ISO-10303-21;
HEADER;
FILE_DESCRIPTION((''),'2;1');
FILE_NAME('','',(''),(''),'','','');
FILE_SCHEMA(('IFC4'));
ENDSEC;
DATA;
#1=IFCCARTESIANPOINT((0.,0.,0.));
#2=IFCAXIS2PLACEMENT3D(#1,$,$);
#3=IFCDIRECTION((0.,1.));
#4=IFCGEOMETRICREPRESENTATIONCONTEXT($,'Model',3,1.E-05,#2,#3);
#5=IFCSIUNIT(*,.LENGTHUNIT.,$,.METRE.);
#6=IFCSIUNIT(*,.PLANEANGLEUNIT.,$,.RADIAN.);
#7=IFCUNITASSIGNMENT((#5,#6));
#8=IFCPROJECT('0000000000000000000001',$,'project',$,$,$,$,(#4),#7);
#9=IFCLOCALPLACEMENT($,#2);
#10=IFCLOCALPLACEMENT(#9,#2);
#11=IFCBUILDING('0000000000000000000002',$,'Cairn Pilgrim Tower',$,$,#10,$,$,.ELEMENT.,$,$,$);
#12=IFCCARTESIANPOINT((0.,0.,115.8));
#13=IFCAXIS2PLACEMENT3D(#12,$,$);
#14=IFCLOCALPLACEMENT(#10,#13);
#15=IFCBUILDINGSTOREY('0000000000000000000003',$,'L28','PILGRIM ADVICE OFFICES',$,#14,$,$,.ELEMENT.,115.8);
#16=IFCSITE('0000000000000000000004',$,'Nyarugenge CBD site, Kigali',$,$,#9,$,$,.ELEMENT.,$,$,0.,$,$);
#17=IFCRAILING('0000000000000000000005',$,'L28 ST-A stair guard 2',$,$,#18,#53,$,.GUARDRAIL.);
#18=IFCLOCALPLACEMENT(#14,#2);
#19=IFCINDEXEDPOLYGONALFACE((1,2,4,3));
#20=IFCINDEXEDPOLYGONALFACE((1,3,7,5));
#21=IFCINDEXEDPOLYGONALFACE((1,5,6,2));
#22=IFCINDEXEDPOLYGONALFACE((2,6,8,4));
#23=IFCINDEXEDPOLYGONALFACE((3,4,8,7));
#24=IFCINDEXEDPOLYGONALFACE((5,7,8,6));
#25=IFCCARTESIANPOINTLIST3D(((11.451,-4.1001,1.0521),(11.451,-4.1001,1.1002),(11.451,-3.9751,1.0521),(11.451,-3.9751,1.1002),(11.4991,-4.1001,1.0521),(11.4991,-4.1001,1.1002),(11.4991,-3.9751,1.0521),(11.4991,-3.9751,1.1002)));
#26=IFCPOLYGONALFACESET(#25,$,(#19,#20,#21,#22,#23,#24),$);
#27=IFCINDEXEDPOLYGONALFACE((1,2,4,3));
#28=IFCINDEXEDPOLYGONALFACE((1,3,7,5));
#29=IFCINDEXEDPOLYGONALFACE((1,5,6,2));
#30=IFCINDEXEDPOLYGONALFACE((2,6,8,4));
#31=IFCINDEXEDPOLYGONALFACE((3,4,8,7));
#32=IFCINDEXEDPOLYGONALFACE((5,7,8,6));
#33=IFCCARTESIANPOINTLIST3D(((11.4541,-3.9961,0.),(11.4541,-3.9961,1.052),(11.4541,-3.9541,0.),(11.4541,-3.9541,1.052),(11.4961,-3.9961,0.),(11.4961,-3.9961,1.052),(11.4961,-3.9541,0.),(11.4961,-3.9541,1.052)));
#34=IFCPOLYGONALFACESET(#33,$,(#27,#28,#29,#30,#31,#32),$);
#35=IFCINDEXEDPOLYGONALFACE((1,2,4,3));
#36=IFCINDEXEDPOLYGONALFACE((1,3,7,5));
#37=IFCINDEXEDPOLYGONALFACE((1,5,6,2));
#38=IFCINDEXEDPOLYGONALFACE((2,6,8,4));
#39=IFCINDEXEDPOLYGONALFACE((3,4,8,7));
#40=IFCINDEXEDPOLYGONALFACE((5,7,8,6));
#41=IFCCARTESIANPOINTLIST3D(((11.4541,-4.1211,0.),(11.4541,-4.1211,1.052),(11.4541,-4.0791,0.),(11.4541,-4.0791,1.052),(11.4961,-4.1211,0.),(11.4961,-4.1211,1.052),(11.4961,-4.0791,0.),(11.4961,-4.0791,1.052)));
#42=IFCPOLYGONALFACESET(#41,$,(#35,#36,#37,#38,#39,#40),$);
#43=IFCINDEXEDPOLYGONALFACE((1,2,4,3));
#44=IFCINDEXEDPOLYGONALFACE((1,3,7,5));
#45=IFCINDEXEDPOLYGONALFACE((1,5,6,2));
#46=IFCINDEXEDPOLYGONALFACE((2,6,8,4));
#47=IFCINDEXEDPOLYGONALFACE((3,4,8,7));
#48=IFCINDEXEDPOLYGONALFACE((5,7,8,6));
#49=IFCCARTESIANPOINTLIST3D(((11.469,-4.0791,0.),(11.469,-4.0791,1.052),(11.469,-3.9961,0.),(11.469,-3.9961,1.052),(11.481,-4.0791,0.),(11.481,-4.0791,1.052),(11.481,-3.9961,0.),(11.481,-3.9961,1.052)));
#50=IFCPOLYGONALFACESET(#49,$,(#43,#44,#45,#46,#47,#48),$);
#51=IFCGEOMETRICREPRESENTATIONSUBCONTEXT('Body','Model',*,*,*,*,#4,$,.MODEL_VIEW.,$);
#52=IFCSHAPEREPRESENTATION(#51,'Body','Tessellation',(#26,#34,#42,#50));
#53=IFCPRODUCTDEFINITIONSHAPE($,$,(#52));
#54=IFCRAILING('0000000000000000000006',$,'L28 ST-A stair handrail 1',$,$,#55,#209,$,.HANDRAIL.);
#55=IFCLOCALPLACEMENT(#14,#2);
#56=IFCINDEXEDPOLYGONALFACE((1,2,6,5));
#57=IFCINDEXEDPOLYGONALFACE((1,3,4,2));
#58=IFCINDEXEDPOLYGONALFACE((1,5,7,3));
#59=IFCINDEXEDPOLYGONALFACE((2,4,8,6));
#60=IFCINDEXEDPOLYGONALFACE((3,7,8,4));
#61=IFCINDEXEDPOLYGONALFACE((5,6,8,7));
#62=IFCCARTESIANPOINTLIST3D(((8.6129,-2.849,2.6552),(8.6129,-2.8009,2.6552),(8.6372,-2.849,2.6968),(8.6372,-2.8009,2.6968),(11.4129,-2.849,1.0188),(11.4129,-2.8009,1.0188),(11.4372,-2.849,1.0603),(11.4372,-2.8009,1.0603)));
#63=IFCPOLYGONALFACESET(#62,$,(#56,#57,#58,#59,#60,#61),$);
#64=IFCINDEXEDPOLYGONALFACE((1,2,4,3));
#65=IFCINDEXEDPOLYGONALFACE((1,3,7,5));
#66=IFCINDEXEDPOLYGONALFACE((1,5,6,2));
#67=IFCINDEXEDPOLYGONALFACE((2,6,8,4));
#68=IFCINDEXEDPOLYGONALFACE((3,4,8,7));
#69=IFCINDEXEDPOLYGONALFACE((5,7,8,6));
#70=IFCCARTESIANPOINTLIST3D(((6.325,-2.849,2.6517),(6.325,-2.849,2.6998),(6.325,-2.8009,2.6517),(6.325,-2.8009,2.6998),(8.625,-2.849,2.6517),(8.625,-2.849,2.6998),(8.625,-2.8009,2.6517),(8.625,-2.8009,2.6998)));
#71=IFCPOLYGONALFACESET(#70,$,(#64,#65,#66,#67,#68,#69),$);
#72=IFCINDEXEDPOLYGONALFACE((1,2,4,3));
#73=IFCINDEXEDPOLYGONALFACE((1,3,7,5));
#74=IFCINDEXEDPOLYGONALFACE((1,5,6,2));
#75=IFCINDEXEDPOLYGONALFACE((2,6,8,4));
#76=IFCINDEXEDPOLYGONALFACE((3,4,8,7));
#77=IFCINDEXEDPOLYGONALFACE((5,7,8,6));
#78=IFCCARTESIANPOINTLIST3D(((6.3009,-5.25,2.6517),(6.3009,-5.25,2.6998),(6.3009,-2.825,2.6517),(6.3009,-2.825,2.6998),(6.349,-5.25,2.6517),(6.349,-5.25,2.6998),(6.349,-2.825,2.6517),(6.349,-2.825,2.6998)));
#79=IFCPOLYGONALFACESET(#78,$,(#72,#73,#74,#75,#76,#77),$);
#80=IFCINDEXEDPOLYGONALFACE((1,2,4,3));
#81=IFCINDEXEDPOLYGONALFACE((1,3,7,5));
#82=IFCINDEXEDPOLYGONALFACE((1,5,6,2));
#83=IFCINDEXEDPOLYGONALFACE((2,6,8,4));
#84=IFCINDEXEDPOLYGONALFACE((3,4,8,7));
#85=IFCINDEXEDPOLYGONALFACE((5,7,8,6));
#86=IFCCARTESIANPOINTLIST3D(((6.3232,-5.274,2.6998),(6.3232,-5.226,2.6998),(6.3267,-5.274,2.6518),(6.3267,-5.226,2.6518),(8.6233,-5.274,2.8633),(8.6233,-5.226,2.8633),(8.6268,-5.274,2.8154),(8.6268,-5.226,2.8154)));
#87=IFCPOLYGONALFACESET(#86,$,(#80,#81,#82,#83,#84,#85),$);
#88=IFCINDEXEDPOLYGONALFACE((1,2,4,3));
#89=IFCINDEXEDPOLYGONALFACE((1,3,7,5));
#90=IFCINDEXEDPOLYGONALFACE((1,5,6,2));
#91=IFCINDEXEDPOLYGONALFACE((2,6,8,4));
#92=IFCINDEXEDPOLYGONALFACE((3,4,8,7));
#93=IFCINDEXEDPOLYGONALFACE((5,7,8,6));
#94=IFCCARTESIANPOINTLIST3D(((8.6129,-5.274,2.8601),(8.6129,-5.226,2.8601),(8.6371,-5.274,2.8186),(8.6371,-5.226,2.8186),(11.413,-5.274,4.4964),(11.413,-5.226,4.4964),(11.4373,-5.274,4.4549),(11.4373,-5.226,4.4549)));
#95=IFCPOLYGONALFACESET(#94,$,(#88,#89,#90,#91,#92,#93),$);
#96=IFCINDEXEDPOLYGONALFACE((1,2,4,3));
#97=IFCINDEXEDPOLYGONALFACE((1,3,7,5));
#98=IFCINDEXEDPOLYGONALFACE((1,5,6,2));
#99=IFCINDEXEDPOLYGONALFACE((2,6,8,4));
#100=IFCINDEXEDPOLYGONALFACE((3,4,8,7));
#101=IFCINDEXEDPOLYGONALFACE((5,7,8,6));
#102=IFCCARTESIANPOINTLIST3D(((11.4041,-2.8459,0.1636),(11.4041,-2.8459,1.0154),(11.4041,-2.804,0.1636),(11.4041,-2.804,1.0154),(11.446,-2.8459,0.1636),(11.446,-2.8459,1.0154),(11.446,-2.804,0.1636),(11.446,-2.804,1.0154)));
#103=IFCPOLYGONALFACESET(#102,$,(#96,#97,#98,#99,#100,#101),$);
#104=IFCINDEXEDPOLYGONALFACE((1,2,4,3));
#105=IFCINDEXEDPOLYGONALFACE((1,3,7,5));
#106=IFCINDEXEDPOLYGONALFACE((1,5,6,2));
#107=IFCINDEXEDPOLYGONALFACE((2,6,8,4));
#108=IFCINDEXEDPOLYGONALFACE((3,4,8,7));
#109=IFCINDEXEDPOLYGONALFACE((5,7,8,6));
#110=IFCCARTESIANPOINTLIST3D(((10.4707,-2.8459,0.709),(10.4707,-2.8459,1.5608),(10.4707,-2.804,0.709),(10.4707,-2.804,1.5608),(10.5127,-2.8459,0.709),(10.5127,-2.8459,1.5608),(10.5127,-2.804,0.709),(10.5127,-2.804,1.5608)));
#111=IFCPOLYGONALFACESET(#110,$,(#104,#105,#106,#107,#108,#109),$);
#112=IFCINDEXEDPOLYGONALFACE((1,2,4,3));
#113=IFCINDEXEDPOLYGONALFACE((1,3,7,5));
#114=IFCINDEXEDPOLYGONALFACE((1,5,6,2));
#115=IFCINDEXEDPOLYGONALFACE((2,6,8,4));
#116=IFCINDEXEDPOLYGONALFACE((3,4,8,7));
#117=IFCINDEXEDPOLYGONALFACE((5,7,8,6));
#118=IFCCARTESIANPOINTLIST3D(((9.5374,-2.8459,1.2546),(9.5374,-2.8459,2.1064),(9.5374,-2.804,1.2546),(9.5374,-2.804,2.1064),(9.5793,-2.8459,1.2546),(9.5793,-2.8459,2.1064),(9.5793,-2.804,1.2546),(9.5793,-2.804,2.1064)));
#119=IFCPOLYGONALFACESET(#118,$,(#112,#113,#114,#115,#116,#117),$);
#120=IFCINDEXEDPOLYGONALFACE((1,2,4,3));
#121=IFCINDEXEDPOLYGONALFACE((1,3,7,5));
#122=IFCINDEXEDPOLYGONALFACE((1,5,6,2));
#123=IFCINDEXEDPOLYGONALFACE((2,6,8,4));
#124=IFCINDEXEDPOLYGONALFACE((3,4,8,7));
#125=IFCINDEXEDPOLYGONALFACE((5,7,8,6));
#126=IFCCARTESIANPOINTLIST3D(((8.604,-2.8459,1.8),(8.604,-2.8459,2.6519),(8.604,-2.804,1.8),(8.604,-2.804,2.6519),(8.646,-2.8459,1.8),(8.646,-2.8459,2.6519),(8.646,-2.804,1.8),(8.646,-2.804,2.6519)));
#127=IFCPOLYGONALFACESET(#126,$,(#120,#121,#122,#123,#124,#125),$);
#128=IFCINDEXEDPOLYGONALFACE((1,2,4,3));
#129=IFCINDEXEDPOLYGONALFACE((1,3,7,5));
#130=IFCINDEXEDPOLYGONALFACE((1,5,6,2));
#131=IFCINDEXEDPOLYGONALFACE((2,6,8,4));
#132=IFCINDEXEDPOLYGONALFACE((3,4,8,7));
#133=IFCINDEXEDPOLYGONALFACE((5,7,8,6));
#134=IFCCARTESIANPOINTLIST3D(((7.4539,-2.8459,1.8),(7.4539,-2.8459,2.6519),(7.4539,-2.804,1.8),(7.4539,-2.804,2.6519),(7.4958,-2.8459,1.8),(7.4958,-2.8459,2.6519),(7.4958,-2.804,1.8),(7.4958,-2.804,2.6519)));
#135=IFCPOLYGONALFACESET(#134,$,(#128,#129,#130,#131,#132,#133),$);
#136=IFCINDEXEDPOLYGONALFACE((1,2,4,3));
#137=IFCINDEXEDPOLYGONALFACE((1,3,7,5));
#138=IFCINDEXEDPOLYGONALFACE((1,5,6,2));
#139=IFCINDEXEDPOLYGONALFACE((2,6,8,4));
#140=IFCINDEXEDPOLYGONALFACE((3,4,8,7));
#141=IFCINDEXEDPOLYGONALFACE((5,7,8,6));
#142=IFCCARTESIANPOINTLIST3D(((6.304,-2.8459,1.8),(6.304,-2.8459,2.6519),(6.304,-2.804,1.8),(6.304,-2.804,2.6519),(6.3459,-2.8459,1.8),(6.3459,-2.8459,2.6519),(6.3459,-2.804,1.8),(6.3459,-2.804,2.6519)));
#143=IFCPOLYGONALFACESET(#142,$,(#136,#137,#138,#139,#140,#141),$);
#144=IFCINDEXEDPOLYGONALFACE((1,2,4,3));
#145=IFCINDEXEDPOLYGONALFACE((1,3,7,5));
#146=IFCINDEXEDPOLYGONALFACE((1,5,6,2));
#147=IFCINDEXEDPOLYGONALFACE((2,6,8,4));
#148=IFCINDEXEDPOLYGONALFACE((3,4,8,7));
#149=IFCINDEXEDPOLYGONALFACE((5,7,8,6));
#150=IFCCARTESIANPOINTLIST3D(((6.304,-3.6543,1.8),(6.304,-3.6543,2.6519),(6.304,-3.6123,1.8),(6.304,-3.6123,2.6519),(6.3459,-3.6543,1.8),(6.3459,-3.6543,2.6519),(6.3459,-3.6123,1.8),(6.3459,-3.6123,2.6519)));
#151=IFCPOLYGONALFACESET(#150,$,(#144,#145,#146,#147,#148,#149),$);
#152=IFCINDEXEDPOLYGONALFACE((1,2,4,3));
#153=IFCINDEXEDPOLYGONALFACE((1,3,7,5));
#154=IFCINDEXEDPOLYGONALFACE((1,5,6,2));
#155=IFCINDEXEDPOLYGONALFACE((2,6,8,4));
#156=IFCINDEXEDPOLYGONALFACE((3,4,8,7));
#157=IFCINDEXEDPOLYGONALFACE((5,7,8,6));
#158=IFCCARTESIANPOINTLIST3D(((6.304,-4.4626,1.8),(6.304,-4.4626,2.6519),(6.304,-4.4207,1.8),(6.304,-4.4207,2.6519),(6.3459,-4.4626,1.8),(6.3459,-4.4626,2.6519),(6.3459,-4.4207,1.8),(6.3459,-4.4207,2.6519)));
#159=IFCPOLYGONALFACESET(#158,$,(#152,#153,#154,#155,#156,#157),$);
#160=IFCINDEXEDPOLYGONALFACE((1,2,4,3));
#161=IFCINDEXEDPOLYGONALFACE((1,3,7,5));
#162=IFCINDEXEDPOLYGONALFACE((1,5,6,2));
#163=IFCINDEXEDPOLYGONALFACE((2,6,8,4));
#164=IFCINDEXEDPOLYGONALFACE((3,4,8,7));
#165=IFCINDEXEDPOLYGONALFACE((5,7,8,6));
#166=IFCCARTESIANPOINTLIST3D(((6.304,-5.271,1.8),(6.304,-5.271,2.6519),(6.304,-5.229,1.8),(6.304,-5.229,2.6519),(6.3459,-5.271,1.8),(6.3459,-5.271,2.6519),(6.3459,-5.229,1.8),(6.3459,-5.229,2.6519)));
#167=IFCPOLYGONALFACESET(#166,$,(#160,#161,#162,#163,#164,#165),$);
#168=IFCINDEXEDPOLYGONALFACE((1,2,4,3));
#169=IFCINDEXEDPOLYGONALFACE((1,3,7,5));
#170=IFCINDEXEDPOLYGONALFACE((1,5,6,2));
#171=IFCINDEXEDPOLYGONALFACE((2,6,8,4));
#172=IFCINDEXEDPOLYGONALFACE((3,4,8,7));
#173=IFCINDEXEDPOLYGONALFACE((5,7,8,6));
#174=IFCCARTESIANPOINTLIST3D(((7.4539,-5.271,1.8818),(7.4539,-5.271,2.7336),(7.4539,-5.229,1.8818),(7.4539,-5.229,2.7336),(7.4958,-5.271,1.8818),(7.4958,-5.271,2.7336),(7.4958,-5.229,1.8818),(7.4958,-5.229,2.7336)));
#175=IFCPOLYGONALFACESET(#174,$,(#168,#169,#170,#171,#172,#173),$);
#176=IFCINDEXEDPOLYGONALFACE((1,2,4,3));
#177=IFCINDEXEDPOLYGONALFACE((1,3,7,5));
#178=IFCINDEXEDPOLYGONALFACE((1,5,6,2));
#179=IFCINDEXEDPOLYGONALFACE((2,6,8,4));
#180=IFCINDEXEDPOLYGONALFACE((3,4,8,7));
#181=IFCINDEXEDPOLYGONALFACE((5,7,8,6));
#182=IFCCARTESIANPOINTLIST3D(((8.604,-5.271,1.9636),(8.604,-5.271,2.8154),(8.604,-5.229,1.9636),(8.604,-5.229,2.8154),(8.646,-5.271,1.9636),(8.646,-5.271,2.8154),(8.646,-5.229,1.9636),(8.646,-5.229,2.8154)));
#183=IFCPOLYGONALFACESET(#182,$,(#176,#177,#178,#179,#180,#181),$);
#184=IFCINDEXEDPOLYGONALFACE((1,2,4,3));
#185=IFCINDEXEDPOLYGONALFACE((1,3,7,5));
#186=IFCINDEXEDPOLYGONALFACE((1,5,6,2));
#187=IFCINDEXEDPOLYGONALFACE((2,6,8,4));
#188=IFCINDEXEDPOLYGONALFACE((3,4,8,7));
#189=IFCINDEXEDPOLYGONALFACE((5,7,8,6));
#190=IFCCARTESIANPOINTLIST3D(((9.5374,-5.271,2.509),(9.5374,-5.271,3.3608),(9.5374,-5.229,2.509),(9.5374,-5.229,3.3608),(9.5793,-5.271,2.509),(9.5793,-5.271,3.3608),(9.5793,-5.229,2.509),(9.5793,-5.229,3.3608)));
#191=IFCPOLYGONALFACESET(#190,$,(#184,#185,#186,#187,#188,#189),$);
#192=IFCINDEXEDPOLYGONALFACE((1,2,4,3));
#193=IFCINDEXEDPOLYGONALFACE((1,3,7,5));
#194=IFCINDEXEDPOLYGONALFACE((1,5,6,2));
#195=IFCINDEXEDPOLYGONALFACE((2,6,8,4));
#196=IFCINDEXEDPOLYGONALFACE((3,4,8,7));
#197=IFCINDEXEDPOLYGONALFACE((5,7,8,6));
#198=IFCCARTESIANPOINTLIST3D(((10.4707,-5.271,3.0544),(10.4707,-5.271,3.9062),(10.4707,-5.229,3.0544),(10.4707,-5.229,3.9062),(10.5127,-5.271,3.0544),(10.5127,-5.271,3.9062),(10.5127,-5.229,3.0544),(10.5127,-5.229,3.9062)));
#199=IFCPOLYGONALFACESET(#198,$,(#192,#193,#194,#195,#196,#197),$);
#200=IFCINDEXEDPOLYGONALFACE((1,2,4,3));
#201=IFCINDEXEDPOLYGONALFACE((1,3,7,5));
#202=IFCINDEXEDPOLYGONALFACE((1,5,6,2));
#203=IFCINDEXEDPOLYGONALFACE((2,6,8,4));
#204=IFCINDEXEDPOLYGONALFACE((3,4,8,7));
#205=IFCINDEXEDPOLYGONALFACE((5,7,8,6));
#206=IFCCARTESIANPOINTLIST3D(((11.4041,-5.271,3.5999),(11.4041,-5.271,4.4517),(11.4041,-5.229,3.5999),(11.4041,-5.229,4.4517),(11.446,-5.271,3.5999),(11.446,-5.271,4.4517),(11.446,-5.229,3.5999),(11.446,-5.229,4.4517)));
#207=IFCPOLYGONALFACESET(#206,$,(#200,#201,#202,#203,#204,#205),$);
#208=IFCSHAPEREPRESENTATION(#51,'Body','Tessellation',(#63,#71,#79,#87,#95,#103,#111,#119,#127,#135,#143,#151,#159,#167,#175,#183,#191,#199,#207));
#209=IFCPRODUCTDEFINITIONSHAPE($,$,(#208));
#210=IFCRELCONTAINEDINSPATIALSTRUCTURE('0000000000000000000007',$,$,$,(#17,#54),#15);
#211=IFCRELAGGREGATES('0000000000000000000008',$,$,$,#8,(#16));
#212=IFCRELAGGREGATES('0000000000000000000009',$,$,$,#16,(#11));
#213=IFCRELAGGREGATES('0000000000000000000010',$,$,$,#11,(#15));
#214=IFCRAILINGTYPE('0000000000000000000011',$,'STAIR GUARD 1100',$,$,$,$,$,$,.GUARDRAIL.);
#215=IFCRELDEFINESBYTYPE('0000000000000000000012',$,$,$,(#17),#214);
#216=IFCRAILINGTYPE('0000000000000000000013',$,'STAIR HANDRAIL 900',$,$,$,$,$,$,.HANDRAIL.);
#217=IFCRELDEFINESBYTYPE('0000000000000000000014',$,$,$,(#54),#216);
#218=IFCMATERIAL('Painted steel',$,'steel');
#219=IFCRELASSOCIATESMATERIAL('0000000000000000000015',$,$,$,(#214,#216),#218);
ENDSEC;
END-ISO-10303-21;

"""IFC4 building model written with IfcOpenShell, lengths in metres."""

from ifc_helpers import new_model, si_unit, direction, frame, origin, origin_2d, place, context, subcontext, project, spatial, polyline, rectangle, outline, extrude, material, type_object, element, save


model = new_model("IFC4")

# Units and contexts
model_context = context("Model", 3, precision=1e-05, world=origin(), true_north=direction((0.0, 1.0)))
body_context = subcontext(model_context, "Body", "Model", "MODEL_VIEW")
ifc_project = project(units=[si_unit("LENGTHUNIT", "METRE"), si_unit("PLANEANGLEUNIT", "RADIAN")], contexts=[model_context])

# Site, building, storey
site_placement = place(None, origin())
site = spatial("IfcSite", under=ifc_project, at=site_placement, Name="Nyarugenge CBD site, Kigali", CompositionType="ELEMENT", RefElevation=0.0)
building_placement = place(site_placement, origin())
building = spatial("IfcBuilding", under=site, at=building_placement, Name="Cairn Pilgrim Tower", CompositionType="ELEMENT")
storey_placement = place(building_placement, frame((0.0, 0.0, 115.8)))
storey = spatial("IfcBuildingStorey", under=building, at=storey_placement, Name="L28", Description="PILGRIM ADVICE OFFICES", CompositionType="ELEMENT", Elevation=115.8)

# Shared definitions
ifc_material_1 = material(Name="Painted steel", Category="steel")

# Railings
railing_type_1 = type_object("IfcRailingType", Name="STAIR GUARD 1100", PredefinedType="GUARDRAIL", material=ifc_material_1)
railing_1_placement = place(storey_placement, frame((11.4751, -3.9751, 0.0)))
element("IfcRailing", 1, at=railing_1_placement, inside=storey, type_object=railing_type_1, Name="L28 ST-A stair guard 2", PredefinedType="GUARDRAIL", context=body_context, shape_type="SweptSolid", body=[
    extrude(rectangle(XDim=0.0481, YDim=0.0481, at=origin_2d()), frame((0.0, 0.0, 1.0762), z_axis=(0.0, -1.0, 0.0), x_axis=(1.0, 0.0, 0.0)), (0.0, 0.0, 1.0), 0.125),
    extrude(rectangle(XDim=0.042, YDim=0.042, at=origin_2d()), origin(), (0.0, 0.0, 1.0), 1.052),
    extrude(rectangle(XDim=0.042, YDim=0.042, at=origin_2d()), frame((0.0, -0.125, 0.0)), (0.0, 0.0, 1.0), 1.052),
    extrude(outline(polyline([(0.021, 0.0), (0.104, 0.0), (0.104, 1.052), (0.021, 1.052), (0.021, 0.0)])), frame((0.0059, 0.0, 0.0), z_axis=(-1.0, 0.0, 0.0), x_axis=(0.0, -1.0, 0.0)), (0.0, 0.0, 1.0), 0.012),
])
railing_type_2 = type_object("IfcRailingType", Name="STAIR HANDRAIL 900", PredefinedType="HANDRAIL", material=ifc_material_1)
railing_2_placement = place(storey_placement, frame((11.425, -2.825, 0.1636)))
element("IfcRailing", 2, at=railing_2_placement, inside=storey, type_object=railing_type_2, Name="L28 ST-A stair handrail 1", PredefinedType="HANDRAIL", context=body_context, shape_type="SweptSolid", body=[
    extrude(rectangle(XDim=0.0481, YDim=0.0481, at=origin_2d()), frame((0.0, 0.0, 0.876), z_axis=(-0.863361, 0.0, 0.504587), x_axis=(0.0, -1.0, 0.0)), (0.0, 0.0, 1.0), 3.2432),
    extrude(rectangle(XDim=0.0481, YDim=0.0481, at=origin_2d()), frame((-2.8, 0.0, 2.5122), z_axis=(-1.0, 0.0, 0.0), x_axis=(0.0, -1.0, 0.0)), (0.0, 0.0, 1.0), 2.3),
    extrude(rectangle(XDim=0.0481, YDim=0.0481, at=origin_2d()), frame((-5.1001, 0.0, 2.5122), z_axis=(0.0, -1.0, 0.0), x_axis=(1.0, 0.0, 0.0)), (0.0, 0.0, 1.0), 2.425),
    extrude(rectangle(XDim=0.0481, YDim=0.0481, at=origin_2d()), frame((-5.1001, -2.425, 2.5122), z_axis=(0.997481, 0.0, 0.070939), x_axis=(0.0, 1.0, 0.0)), (0.0, 0.0, 1.0), 2.3059),
    extrude(rectangle(XDim=0.0481, YDim=0.0481, at=origin_2d()), frame((-2.8, -2.425, 2.6758), z_axis=(0.863394, 0.0, 0.504531), x_axis=(0.0, 1.0, 0.0)), (0.0, 0.0, 1.0), 3.2432),
    extrude(rectangle(XDim=0.042, YDim=0.042, at=origin_2d()), origin(), (0.0, 0.0, 1.0), 0.8518),
    extrude(rectangle(XDim=0.042, YDim=0.042, at=origin_2d()), frame((-0.9333, 0.0, 0.5454)), (0.0, 0.0, 1.0), 0.8518),
    extrude(rectangle(XDim=0.042, YDim=0.042, at=origin_2d()), frame((-1.8667, 0.0, 1.0911)), (0.0, 0.0, 1.0), 0.8518),
    extrude(rectangle(XDim=0.042, YDim=0.042, at=origin_2d()), frame((-2.8, 0.0, 1.6365)), (0.0, 0.0, 1.0), 0.8518),
    extrude(rectangle(XDim=0.042, YDim=0.042, at=origin_2d()), frame((-3.9502, 0.0, 1.6365)), (0.0, 0.0, 1.0), 0.8518),
    extrude(rectangle(XDim=0.042, YDim=0.042, at=origin_2d()), frame((-5.1001, 0.0, 1.6365)), (0.0, 0.0, 1.0), 0.8518),
    extrude(rectangle(XDim=0.042, YDim=0.042, at=origin_2d()), frame((-5.1001, -0.8083, 1.6365)), (0.0, 0.0, 1.0), 0.8518),
    extrude(rectangle(XDim=0.042, YDim=0.042, at=origin_2d()), frame((-5.1001, -1.6167, 1.6365)), (0.0, 0.0, 1.0), 0.8518),
    extrude(rectangle(XDim=0.042, YDim=0.042, at=origin_2d()), frame((-5.1001, -2.425, 1.6365)), (0.0, 0.0, 1.0), 0.8518),
    extrude(rectangle(XDim=0.042, YDim=0.042, at=origin_2d()), frame((-3.9502, -2.425, 1.7183)), (0.0, 0.0, 1.0), 0.8518),
    extrude(rectangle(XDim=0.042, YDim=0.042, at=origin_2d()), frame((-2.8, -2.425, 1.8)), (0.0, 0.0, 1.0), 0.8518),
    extrude(rectangle(XDim=0.042, YDim=0.042, at=origin_2d()), frame((-1.8667, -2.425, 2.3455)), (0.0, 0.0, 1.0), 0.8518),
    extrude(rectangle(XDim=0.042, YDim=0.042, at=origin_2d()), frame((-0.9333, -2.425, 2.8909)), (0.0, 0.0, 1.0), 0.8518),
    extrude(rectangle(XDim=0.042, YDim=0.042, at=origin_2d()), frame((0.0, -2.425, 3.4363)), (0.0, 0.0, 1.0), 0.8518),
])

save(model, "model.ifc")
